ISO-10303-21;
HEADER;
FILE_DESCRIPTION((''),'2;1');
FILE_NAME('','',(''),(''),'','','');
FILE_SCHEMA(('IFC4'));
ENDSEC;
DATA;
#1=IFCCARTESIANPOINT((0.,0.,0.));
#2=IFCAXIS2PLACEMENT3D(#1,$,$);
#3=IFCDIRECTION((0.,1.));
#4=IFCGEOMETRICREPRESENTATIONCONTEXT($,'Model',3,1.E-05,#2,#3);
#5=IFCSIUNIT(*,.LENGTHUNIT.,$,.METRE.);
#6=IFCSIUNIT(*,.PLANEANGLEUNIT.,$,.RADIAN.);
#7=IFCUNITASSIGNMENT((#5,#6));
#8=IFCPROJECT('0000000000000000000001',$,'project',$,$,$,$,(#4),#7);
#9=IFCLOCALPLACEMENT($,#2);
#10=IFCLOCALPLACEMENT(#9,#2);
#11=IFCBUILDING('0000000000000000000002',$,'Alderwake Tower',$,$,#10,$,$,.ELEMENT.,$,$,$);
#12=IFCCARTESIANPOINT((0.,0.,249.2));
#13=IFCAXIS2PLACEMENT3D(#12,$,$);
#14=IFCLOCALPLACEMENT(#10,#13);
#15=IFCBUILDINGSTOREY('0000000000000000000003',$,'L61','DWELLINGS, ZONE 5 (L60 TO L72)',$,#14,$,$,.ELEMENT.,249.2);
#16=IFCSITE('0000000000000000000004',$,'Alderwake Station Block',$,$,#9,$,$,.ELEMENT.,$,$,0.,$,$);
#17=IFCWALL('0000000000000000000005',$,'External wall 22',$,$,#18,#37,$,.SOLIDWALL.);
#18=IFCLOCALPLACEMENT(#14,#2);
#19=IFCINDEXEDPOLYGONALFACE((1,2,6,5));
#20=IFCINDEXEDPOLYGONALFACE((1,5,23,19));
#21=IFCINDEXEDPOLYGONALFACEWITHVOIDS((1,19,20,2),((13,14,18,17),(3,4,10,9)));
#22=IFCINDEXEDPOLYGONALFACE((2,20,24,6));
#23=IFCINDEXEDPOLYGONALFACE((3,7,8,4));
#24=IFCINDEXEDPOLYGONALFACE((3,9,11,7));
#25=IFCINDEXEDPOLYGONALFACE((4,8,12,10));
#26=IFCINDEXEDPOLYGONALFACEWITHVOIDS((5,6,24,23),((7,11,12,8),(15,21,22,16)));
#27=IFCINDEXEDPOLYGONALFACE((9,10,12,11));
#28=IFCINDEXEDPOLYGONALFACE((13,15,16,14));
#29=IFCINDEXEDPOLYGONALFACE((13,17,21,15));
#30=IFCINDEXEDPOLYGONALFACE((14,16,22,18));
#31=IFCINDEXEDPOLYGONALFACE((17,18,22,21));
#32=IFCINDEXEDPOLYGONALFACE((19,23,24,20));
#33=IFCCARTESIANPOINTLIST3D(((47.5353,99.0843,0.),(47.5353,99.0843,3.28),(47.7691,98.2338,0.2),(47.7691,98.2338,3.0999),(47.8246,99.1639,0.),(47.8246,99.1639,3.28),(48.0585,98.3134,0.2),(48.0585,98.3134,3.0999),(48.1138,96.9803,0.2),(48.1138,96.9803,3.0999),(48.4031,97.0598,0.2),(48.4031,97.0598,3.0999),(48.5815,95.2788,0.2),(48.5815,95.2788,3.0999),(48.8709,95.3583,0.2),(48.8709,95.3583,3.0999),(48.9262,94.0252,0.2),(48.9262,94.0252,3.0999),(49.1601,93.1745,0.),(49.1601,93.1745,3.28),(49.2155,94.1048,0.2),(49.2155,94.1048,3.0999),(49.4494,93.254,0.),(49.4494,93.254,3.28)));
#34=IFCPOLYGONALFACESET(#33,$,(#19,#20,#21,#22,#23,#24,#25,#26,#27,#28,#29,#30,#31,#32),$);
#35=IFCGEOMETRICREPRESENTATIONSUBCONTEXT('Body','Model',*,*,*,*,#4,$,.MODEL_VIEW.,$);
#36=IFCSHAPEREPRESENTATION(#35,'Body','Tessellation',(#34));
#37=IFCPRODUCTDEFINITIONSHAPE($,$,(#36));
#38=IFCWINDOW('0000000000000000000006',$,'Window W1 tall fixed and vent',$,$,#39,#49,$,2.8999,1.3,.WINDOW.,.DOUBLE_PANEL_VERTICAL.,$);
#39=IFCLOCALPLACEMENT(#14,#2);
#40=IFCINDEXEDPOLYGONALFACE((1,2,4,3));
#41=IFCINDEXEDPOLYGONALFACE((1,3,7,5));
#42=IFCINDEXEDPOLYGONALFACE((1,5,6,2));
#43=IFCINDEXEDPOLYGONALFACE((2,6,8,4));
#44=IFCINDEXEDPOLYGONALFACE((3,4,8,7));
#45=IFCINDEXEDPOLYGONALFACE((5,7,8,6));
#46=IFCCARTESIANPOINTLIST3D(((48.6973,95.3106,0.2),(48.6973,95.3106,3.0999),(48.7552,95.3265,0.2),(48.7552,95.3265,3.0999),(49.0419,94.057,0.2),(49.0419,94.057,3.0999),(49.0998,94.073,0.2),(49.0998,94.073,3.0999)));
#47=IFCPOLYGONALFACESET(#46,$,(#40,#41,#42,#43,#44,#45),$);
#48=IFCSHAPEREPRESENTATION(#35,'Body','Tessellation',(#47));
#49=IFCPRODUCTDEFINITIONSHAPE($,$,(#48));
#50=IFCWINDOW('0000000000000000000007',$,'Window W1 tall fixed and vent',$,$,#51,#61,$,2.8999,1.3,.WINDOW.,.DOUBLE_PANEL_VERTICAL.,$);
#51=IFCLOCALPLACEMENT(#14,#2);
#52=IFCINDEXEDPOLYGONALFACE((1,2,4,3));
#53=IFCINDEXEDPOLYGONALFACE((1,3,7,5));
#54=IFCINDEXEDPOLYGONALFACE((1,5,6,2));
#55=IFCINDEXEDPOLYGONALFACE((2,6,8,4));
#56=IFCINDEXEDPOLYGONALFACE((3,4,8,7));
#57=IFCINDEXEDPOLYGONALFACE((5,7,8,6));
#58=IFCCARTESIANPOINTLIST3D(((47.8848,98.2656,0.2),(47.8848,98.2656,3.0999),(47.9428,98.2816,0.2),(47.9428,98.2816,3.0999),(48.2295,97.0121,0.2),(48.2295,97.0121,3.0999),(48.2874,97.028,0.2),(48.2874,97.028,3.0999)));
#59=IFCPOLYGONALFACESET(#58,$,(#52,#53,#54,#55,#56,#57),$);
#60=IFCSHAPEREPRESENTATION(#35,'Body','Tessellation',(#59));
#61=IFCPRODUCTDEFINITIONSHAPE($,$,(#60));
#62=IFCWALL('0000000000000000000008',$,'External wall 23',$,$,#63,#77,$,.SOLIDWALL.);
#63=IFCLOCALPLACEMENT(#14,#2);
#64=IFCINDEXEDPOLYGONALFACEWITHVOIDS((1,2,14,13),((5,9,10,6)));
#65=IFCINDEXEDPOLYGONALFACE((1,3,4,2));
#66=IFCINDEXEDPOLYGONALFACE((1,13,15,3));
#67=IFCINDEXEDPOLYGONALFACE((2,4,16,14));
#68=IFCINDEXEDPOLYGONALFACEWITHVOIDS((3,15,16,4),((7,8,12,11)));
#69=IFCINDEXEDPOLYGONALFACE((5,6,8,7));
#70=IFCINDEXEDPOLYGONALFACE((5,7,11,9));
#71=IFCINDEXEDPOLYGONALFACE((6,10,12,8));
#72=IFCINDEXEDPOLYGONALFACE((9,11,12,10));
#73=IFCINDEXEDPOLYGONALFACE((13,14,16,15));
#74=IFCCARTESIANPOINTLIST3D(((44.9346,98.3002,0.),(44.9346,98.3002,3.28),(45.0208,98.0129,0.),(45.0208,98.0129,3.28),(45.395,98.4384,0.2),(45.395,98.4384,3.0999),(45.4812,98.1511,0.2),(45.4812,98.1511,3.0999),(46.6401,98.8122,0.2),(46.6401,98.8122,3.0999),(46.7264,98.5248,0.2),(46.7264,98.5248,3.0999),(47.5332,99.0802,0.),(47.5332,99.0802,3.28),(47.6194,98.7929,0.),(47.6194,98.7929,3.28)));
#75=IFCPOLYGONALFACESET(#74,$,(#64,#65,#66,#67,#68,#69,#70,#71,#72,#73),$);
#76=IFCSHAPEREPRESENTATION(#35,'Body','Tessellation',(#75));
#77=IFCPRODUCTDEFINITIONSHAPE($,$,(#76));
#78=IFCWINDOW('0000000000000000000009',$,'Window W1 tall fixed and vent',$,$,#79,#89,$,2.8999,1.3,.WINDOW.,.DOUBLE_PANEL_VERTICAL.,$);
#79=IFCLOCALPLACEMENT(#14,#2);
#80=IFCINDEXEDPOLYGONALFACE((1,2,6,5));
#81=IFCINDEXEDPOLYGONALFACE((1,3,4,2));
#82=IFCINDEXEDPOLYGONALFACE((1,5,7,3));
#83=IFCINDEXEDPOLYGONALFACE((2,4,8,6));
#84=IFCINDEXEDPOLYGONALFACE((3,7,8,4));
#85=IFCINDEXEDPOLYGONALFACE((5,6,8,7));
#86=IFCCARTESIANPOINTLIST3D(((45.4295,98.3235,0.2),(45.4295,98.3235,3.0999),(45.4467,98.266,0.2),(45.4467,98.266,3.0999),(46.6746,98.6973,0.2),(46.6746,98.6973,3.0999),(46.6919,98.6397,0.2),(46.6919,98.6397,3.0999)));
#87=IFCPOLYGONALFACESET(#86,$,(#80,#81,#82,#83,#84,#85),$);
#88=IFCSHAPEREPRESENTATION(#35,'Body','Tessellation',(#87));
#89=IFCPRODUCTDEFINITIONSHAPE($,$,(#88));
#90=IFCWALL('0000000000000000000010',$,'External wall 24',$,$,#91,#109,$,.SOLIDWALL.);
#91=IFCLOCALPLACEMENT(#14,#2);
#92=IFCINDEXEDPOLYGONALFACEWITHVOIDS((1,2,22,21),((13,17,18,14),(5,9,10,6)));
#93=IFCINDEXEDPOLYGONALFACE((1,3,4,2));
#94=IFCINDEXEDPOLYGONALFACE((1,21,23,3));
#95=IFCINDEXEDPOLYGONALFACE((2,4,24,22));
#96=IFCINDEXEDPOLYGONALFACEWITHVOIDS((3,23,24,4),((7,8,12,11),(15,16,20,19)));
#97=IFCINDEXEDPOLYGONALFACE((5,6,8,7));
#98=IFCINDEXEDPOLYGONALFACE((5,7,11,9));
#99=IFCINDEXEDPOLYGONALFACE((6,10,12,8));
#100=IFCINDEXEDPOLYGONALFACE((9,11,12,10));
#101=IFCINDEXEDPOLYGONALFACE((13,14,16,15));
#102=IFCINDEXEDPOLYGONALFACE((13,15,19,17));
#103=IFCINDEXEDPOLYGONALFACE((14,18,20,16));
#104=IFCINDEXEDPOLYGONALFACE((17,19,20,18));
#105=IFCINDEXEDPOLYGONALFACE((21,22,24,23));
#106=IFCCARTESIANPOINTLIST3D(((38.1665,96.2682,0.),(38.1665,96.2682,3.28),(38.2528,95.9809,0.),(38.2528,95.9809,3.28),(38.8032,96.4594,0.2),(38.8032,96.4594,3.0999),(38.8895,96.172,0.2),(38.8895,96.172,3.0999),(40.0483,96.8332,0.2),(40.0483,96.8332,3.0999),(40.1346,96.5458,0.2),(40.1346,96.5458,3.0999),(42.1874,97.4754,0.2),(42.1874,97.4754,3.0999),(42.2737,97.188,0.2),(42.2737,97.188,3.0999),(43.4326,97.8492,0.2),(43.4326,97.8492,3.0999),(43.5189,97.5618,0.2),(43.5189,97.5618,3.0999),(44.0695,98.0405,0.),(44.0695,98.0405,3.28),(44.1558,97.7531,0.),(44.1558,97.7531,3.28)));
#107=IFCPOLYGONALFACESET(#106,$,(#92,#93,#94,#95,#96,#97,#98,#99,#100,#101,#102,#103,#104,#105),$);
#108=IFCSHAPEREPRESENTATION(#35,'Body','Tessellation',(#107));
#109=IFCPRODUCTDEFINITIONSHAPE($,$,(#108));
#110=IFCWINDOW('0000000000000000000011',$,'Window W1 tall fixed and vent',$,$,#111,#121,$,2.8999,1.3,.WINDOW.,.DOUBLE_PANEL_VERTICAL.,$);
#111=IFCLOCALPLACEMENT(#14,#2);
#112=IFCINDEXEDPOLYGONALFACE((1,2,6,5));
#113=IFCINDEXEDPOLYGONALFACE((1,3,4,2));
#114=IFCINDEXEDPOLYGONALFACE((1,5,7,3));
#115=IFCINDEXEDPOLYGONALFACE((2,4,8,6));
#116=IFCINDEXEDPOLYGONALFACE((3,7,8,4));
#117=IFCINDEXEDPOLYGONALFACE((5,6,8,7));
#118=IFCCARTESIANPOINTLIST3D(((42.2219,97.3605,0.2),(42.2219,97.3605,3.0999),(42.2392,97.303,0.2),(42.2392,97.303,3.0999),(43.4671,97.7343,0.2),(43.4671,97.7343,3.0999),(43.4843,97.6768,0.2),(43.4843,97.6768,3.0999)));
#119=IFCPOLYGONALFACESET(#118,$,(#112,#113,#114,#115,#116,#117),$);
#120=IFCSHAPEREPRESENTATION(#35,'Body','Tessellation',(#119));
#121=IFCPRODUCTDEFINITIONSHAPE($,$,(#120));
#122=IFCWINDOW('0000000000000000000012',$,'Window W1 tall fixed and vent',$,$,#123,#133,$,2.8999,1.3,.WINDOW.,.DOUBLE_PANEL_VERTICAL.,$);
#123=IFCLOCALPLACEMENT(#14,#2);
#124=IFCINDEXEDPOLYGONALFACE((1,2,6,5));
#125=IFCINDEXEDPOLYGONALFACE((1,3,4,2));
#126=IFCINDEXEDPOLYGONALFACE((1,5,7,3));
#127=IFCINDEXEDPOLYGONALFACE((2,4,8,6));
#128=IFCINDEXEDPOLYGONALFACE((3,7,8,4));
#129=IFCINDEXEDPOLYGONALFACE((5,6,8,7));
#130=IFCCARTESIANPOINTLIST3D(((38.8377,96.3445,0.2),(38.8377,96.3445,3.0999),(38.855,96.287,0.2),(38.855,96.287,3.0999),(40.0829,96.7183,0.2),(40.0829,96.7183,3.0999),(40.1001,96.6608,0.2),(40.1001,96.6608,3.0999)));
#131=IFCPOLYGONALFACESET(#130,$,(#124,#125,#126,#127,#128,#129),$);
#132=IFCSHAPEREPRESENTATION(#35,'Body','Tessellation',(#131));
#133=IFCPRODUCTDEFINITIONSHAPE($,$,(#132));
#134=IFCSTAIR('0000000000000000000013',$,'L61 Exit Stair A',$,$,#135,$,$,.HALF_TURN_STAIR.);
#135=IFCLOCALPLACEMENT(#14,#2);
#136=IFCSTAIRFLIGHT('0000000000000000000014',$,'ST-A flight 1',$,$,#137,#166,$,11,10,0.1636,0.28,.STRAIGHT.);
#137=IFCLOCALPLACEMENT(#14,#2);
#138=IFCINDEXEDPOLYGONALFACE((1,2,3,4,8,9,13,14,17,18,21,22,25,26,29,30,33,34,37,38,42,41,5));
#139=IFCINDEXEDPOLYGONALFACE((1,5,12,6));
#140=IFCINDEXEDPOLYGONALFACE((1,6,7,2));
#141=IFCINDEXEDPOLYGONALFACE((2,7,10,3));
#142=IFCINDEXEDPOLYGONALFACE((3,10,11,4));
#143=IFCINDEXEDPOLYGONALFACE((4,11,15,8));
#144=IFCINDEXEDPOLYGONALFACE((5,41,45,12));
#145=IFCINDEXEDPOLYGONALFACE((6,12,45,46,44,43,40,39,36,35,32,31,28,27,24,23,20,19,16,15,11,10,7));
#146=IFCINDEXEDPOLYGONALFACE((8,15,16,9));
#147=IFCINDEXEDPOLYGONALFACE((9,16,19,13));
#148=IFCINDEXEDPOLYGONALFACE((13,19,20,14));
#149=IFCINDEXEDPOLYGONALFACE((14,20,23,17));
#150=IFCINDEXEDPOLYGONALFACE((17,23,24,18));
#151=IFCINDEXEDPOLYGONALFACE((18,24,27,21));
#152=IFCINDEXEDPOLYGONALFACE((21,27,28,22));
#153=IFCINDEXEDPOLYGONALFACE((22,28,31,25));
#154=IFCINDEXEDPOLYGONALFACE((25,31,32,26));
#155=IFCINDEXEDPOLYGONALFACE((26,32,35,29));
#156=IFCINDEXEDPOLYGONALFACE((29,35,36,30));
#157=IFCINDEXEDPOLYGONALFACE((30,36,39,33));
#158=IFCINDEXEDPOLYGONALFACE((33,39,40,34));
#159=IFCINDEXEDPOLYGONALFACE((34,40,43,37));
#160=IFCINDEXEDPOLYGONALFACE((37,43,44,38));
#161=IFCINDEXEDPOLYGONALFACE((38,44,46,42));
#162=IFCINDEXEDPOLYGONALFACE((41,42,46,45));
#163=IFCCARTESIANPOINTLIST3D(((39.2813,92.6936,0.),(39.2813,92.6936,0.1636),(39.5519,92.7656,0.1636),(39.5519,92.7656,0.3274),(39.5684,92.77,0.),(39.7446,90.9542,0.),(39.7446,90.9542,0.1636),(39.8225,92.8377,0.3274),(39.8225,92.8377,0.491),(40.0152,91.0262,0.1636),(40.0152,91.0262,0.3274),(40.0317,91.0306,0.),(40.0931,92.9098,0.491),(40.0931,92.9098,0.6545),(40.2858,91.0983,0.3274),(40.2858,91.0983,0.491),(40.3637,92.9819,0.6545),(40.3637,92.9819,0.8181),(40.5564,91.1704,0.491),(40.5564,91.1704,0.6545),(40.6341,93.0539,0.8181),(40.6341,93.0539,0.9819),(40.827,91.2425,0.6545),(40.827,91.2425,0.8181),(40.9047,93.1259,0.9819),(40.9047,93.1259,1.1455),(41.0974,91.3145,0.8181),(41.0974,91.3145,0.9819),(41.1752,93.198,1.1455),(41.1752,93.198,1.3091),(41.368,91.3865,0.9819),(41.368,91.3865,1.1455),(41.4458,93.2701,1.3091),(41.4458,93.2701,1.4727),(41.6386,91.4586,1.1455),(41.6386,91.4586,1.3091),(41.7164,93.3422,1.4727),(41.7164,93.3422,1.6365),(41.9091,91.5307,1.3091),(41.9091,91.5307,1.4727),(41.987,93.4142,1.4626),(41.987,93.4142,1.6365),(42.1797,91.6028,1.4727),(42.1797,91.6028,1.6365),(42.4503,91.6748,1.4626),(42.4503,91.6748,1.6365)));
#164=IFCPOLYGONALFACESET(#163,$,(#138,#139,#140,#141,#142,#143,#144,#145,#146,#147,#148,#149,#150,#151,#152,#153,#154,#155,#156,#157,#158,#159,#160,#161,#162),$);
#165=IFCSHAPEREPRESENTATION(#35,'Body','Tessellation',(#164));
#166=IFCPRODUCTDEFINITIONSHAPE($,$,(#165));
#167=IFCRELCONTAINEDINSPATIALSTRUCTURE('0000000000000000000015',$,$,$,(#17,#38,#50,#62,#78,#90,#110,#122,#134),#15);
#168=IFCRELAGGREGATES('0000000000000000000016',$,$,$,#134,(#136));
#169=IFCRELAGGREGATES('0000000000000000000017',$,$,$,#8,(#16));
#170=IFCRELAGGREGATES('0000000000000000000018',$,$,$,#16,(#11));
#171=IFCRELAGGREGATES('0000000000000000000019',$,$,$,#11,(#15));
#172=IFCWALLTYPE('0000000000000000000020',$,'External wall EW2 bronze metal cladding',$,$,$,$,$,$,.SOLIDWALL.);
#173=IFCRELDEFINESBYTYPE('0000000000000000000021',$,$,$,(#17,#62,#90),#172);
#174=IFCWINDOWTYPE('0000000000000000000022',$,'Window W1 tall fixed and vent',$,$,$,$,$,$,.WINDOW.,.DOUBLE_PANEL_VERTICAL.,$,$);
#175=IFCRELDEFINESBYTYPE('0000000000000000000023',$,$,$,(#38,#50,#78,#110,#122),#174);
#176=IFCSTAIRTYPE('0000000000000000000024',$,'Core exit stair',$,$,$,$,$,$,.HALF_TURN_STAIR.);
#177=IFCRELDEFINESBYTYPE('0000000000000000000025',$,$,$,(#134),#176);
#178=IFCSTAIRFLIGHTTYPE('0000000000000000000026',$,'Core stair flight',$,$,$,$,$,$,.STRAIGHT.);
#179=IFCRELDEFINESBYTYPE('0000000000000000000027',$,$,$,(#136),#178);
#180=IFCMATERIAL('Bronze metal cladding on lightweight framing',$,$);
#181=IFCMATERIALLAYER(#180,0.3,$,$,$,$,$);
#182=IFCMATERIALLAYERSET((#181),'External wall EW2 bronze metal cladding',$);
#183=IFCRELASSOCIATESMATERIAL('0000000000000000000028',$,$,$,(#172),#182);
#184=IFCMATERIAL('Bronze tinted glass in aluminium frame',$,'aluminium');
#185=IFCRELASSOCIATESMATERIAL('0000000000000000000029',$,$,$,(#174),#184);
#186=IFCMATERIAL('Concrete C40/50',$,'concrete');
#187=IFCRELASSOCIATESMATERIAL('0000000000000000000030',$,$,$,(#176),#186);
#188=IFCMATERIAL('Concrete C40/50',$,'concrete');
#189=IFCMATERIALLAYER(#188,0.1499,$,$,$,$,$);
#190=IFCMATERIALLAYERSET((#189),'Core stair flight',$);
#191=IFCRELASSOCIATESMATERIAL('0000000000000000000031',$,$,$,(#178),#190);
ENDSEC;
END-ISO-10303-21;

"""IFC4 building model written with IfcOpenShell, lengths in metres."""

from ifc_helpers import new_model, si_unit, direction, frame, frame_2d, origin, place, context, subcontext, project, spatial, polyline, rectangle, outline, extrude, material, layer, layer_set, type_object, element, fill, aggregate, save


model = new_model("IFC4")

# Units and contexts
model_context = context("Model", 3, precision=1e-05, world=origin(), true_north=direction((0.0, 1.0)))
body_context = subcontext(model_context, "Body", "Model", "MODEL_VIEW")
ifc_project = project(units=[si_unit("LENGTHUNIT", "METRE"), si_unit("PLANEANGLEUNIT", "RADIAN")], contexts=[model_context])

# Site, building, storey
site_placement = place(None, origin())
site = spatial("IfcSite", under=ifc_project, at=site_placement, Name="Alderwake Station Block", CompositionType="ELEMENT", RefElevation=0.0)
building_placement = place(site_placement, origin())
building = spatial("IfcBuilding", under=site, at=building_placement, Name="Alderwake Tower", CompositionType="ELEMENT")
storey_placement = place(building_placement, frame((0.0, 0.0, 249.2)))
storey = spatial("IfcBuildingStorey", under=building, at=storey_placement, Name="L61", Description="DWELLINGS, ZONE 5 (L60 TO L72)", CompositionType="ELEMENT", Elevation=249.2)

# Shared definitions
ifc_material_1 = material(Name="Bronze metal cladding on lightweight framing")
ifc_layer_1 = layer(ifc_material_1, 0.3)
ifc_layer_set_1 = layer_set([ifc_layer_1], Name="External wall EW2 bronze metal cladding")
wall_type_1 = type_object("IfcWallType", Name="External wall EW2 bronze metal cladding", PredefinedType="SOLIDWALL", material=ifc_layer_set_1)
ifc_material_2 = material(Name="Bronze tinted glass in aluminium frame", Category="aluminium")
window_type = type_object("IfcWindowType", Name="Window W1 tall fixed and vent", PartitioningType="DOUBLE_PANEL_VERTICAL", PredefinedType="WINDOW", material=ifc_material_2)

# Wall, openings, windows
wall_1_placement = place(storey_placement, frame((49.3047, 93.2144, 0.0), z_axis=(0.0, 0.0, 1.0), x_axis=(-0.265085, 0.964225, 0.0)))
wall_1 = element("IfcWall", 1, at=wall_1_placement, inside=storey, type_object=wall_type_1, Name="External wall 22", PredefinedType="SOLIDWALL", context=body_context, shape_type="SweptSolid", body=[
    extrude(rectangle(XDim=6.1292, YDim=0.3, at=frame_2d((3.0645, 0.0))), origin(), (0.0, 0.0, 1.0), 3.28),
])
opening_1_placement = place(wall_1_placement, frame((0.8823, 0.0, 0.2)))
opening_1 = element("IfcOpeningElement", 2, at=opening_1_placement, cuts=wall_1, PredefinedType="OPENING", context=body_context, shape_type="SweptSolid", body=[
    extrude(rectangle(XDim=1.3, YDim=2.8999, at=frame_2d((0.6499, 1.45))), frame((0.0, 0.1599, 0.0), z_axis=(0.0, -1.0, 0.0), x_axis=(1.0, 0.0, 0.0)), (0.0, 0.0, 1.0), 0.3201),
])
opening_2_placement = place(wall_1_placement, frame((3.947, 0.0, 0.2)))
opening_2 = element("IfcOpeningElement", 3, at=opening_2_placement, cuts=wall_1, PredefinedType="OPENING", context=body_context, shape_type="SweptSolid", body=[
    extrude(rectangle(XDim=1.3, YDim=2.8999, at=frame_2d((0.6499, 1.45))), frame((0.0, 0.1599, 0.0), z_axis=(0.0, -1.0, 0.0), x_axis=(1.0, 0.0, 0.0)), (0.0, 0.0, 1.0), 0.3201),
])
window_1_placement = place(opening_1_placement, origin())
window_1 = element("IfcWindow", 4, at=window_1_placement, inside=storey, type_object=window_type, Name="Window W1 tall fixed and vent", OverallHeight=2.8999, OverallWidth=1.3, PartitioningType="DOUBLE_PANEL_VERTICAL", PredefinedType="WINDOW", context=body_context, shape_type="SweptSolid", body=[
    extrude(rectangle(XDim=1.3, YDim=2.8999, at=frame_2d((0.6499, 1.45))), frame((0.0, 0.03, 0.0), z_axis=(0.0, -1.0, 0.0), x_axis=(1.0, 0.0, 0.0)), (0.0, 0.0, 1.0), 0.0601),
])
fill(opening_1, window_1)
window_2_placement = place(opening_2_placement, origin())
window_2 = element("IfcWindow", 5, at=window_2_placement, inside=storey, type_object=window_type, Name="Window W1 tall fixed and vent", OverallHeight=2.8999, OverallWidth=1.3, PartitioningType="DOUBLE_PANEL_VERTICAL", PredefinedType="WINDOW", context=body_context, shape_type="SweptSolid", body=[
    extrude(rectangle(XDim=1.3, YDim=2.8999, at=frame_2d((0.6499, 1.45))), frame((0.0, 0.03, 0.0), z_axis=(0.0, -1.0, 0.0), x_axis=(1.0, 0.0, 0.0)), (0.0, 0.0, 1.0), 0.0601),
])
fill(opening_2, window_2)

# Wall, opening, window
wall_2_placement = place(storey_placement, frame((47.5762, 98.9365, 0.0), z_axis=(0.0, 0.0, 1.0), x_axis=(-0.957782, -0.287496, 0.0)))
wall_2 = element("IfcWall", 6, at=wall_2_placement, inside=storey, type_object=wall_type_1, Name="External wall 23", PredefinedType="SOLIDWALL", context=body_context, shape_type="SweptSolid", body=[
    extrude(rectangle(XDim=2.7131, YDim=0.3, at=frame_2d((1.3564, 0.0))), origin(), (0.0, 0.0, 1.0), 3.28),
])
opening_3_placement = place(wall_2_placement, frame((0.9324, 0.0, 0.2)))
opening_3 = element("IfcOpeningElement", 7, at=opening_3_placement, cuts=wall_2, PredefinedType="OPENING", context=body_context, shape_type="SweptSolid", body=[
    extrude(rectangle(XDim=1.3, YDim=2.8999, at=frame_2d((0.6499, 1.45))), frame((0.0, 0.1599, 0.0), z_axis=(0.0, -1.0, 0.0), x_axis=(1.0, 0.0, 0.0)), (0.0, 0.0, 1.0), 0.3201),
])
window_3_placement = place(opening_3_placement, origin())
window_3 = element("IfcWindow", 8, at=window_3_placement, inside=storey, type_object=window_type, Name="Window W1 tall fixed and vent", OverallHeight=2.8999, OverallWidth=1.3, PartitioningType="DOUBLE_PANEL_VERTICAL", PredefinedType="WINDOW", context=body_context, shape_type="SweptSolid", body=[
    extrude(rectangle(XDim=1.3, YDim=2.8999, at=frame_2d((0.6499, 1.45))), frame((0.0, 0.03, 0.0), z_axis=(0.0, -1.0, 0.0), x_axis=(1.0, 0.0, 0.0)), (0.0, 0.0, 1.0), 0.0601),
])
fill(opening_3, window_3)

# Wall, openings, windows
wall_3_placement = place(storey_placement, frame((44.1125, 97.8967, 0.0), z_axis=(0.0, 0.0, 1.0), x_axis=(-0.957768, -0.28754, 0.0)))
wall_3 = element("IfcWall", 9, at=wall_3_placement, inside=storey, type_object=wall_type_1, Name="External wall 24", PredefinedType="SOLIDWALL", context=body_context, shape_type="SweptSolid", body=[
    extrude(rectangle(XDim=6.1633, YDim=0.3, at=frame_2d((3.0815, 0.0))), origin(), (0.0, 0.0, 1.0), 3.28),
])
opening_4_placement = place(wall_3_placement, frame((0.665, 0.0, 0.2)))
opening_4 = element("IfcOpeningElement", 10, at=opening_4_placement, cuts=wall_3, PredefinedType="OPENING", context=body_context, shape_type="SweptSolid", body=[
    extrude(rectangle(XDim=1.3, YDim=2.8999, at=frame_2d((0.6499, 1.45))), frame((0.0, 0.1599, 0.0), z_axis=(0.0, -1.0, 0.0), x_axis=(1.0, 0.0, 0.0)), (0.0, 0.0, 1.0), 0.3201),
])
opening_5_placement = place(wall_3_placement, frame((4.1985, 0.0, 0.2)))
opening_5 = element("IfcOpeningElement", 11, at=opening_5_placement, cuts=wall_3, PredefinedType="OPENING", context=body_context, shape_type="SweptSolid", body=[
    extrude(rectangle(XDim=1.3, YDim=2.8999, at=frame_2d((0.6499, 1.45))), frame((0.0, 0.1599, 0.0), z_axis=(0.0, -1.0, 0.0), x_axis=(1.0, 0.0, 0.0)), (0.0, 0.0, 1.0), 0.3201),
])
window_4_placement = place(opening_4_placement, origin())
window_4 = element("IfcWindow", 12, at=window_4_placement, inside=storey, type_object=window_type, Name="Window W1 tall fixed and vent", OverallHeight=2.8999, OverallWidth=1.3, PartitioningType="DOUBLE_PANEL_VERTICAL", PredefinedType="WINDOW", context=body_context, shape_type="SweptSolid", body=[
    extrude(rectangle(XDim=1.3, YDim=2.8999, at=frame_2d((0.6499, 1.45))), frame((0.0, 0.03, 0.0), z_axis=(0.0, -1.0, 0.0), x_axis=(1.0, 0.0, 0.0)), (0.0, 0.0, 1.0), 0.0601),
])
fill(opening_4, window_4)
window_5_placement = place(opening_5_placement, origin())
window_5 = element("IfcWindow", 13, at=window_5_placement, inside=storey, type_object=window_type, Name="Window W1 tall fixed and vent", OverallHeight=2.8999, OverallWidth=1.3, PartitioningType="DOUBLE_PANEL_VERTICAL", PredefinedType="WINDOW", context=body_context, shape_type="SweptSolid", body=[
    extrude(rectangle(XDim=1.3, YDim=2.8999, at=frame_2d((0.6499, 1.45))), frame((0.0, 0.03, 0.0), z_axis=(0.0, -1.0, 0.0), x_axis=(1.0, 0.0, 0.0)), (0.0, 0.0, 1.0), 0.0601),
])
fill(opening_5, window_5)

# Stair, stair flight
ifc_material_3 = material(Name="Concrete C40/50", Category="concrete")
stair_type = type_object("IfcStairType", Name="Core exit stair", PredefinedType="HALF_TURN_STAIR", material=ifc_material_3)
stair_placement = place(storey_placement, origin())
stair = element("IfcStair", 14, at=stair_placement, inside=storey, type_object=stair_type, Name="L61 Exit Stair A", PredefinedType="HALF_TURN_STAIR")
ifc_material_4 = material(Name="Concrete C40/50", Category="concrete")
ifc_layer_2 = layer(ifc_material_4, 0.1499)
ifc_layer_set_2 = layer_set([ifc_layer_2], Name="Core stair flight")
stair_flight_type = type_object("IfcStairFlightType", Name="Core stair flight", PredefinedType="STRAIGHT", material=ifc_layer_set_2)
stair_flight_1_placement = place(storey_placement, frame((39.5129, 91.824, 0.0), z_axis=(0.0, 0.0, 1.0), x_axis=(0.96631, 0.257382, 0.0)))
stair_flight_1 = element("IfcStairFlight", 15, at=stair_flight_1_placement, type_object=stair_flight_type, Name="ST-A flight 1", NumberOfRisers=11, NumberOfTreads=10, PredefinedType="STRAIGHT", RiserHeight=0.1636, TreadLength=0.28, context=body_context, shape_type="SweptSolid", body=[
    extrude(outline(polyline([(0.0, 0.0), (0.0, 0.1636), (0.28, 0.1636), (0.28, 0.3274), (0.5601, 0.3274), (0.5601, 0.491), (0.8401, 0.491), (0.8401, 0.6545), (1.1201, 0.6545), (1.1201, 0.8181), (1.3999, 0.8181), (1.3999, 0.9819), (1.6799, 0.9819), (1.6799, 1.1455), (1.96, 1.1455), (1.96, 1.3091), (2.24, 1.3091), (2.24, 1.4727), (2.52, 1.4727), (2.52, 1.6365), (2.8, 1.6365), (2.8, 1.8), (2.8, 1.4626), (0.2971, 0.0), (0.0, 0.0)])), frame((0.0, 0.8999, 0.0), z_axis=(0.0, -1.0, 0.0), x_axis=(1.0, 0.0, 0.0)), (0.0, 0.0, 1.0), 1.8),
])
aggregate(stair, [stair_flight_1])

save(model, "model.ifc")
